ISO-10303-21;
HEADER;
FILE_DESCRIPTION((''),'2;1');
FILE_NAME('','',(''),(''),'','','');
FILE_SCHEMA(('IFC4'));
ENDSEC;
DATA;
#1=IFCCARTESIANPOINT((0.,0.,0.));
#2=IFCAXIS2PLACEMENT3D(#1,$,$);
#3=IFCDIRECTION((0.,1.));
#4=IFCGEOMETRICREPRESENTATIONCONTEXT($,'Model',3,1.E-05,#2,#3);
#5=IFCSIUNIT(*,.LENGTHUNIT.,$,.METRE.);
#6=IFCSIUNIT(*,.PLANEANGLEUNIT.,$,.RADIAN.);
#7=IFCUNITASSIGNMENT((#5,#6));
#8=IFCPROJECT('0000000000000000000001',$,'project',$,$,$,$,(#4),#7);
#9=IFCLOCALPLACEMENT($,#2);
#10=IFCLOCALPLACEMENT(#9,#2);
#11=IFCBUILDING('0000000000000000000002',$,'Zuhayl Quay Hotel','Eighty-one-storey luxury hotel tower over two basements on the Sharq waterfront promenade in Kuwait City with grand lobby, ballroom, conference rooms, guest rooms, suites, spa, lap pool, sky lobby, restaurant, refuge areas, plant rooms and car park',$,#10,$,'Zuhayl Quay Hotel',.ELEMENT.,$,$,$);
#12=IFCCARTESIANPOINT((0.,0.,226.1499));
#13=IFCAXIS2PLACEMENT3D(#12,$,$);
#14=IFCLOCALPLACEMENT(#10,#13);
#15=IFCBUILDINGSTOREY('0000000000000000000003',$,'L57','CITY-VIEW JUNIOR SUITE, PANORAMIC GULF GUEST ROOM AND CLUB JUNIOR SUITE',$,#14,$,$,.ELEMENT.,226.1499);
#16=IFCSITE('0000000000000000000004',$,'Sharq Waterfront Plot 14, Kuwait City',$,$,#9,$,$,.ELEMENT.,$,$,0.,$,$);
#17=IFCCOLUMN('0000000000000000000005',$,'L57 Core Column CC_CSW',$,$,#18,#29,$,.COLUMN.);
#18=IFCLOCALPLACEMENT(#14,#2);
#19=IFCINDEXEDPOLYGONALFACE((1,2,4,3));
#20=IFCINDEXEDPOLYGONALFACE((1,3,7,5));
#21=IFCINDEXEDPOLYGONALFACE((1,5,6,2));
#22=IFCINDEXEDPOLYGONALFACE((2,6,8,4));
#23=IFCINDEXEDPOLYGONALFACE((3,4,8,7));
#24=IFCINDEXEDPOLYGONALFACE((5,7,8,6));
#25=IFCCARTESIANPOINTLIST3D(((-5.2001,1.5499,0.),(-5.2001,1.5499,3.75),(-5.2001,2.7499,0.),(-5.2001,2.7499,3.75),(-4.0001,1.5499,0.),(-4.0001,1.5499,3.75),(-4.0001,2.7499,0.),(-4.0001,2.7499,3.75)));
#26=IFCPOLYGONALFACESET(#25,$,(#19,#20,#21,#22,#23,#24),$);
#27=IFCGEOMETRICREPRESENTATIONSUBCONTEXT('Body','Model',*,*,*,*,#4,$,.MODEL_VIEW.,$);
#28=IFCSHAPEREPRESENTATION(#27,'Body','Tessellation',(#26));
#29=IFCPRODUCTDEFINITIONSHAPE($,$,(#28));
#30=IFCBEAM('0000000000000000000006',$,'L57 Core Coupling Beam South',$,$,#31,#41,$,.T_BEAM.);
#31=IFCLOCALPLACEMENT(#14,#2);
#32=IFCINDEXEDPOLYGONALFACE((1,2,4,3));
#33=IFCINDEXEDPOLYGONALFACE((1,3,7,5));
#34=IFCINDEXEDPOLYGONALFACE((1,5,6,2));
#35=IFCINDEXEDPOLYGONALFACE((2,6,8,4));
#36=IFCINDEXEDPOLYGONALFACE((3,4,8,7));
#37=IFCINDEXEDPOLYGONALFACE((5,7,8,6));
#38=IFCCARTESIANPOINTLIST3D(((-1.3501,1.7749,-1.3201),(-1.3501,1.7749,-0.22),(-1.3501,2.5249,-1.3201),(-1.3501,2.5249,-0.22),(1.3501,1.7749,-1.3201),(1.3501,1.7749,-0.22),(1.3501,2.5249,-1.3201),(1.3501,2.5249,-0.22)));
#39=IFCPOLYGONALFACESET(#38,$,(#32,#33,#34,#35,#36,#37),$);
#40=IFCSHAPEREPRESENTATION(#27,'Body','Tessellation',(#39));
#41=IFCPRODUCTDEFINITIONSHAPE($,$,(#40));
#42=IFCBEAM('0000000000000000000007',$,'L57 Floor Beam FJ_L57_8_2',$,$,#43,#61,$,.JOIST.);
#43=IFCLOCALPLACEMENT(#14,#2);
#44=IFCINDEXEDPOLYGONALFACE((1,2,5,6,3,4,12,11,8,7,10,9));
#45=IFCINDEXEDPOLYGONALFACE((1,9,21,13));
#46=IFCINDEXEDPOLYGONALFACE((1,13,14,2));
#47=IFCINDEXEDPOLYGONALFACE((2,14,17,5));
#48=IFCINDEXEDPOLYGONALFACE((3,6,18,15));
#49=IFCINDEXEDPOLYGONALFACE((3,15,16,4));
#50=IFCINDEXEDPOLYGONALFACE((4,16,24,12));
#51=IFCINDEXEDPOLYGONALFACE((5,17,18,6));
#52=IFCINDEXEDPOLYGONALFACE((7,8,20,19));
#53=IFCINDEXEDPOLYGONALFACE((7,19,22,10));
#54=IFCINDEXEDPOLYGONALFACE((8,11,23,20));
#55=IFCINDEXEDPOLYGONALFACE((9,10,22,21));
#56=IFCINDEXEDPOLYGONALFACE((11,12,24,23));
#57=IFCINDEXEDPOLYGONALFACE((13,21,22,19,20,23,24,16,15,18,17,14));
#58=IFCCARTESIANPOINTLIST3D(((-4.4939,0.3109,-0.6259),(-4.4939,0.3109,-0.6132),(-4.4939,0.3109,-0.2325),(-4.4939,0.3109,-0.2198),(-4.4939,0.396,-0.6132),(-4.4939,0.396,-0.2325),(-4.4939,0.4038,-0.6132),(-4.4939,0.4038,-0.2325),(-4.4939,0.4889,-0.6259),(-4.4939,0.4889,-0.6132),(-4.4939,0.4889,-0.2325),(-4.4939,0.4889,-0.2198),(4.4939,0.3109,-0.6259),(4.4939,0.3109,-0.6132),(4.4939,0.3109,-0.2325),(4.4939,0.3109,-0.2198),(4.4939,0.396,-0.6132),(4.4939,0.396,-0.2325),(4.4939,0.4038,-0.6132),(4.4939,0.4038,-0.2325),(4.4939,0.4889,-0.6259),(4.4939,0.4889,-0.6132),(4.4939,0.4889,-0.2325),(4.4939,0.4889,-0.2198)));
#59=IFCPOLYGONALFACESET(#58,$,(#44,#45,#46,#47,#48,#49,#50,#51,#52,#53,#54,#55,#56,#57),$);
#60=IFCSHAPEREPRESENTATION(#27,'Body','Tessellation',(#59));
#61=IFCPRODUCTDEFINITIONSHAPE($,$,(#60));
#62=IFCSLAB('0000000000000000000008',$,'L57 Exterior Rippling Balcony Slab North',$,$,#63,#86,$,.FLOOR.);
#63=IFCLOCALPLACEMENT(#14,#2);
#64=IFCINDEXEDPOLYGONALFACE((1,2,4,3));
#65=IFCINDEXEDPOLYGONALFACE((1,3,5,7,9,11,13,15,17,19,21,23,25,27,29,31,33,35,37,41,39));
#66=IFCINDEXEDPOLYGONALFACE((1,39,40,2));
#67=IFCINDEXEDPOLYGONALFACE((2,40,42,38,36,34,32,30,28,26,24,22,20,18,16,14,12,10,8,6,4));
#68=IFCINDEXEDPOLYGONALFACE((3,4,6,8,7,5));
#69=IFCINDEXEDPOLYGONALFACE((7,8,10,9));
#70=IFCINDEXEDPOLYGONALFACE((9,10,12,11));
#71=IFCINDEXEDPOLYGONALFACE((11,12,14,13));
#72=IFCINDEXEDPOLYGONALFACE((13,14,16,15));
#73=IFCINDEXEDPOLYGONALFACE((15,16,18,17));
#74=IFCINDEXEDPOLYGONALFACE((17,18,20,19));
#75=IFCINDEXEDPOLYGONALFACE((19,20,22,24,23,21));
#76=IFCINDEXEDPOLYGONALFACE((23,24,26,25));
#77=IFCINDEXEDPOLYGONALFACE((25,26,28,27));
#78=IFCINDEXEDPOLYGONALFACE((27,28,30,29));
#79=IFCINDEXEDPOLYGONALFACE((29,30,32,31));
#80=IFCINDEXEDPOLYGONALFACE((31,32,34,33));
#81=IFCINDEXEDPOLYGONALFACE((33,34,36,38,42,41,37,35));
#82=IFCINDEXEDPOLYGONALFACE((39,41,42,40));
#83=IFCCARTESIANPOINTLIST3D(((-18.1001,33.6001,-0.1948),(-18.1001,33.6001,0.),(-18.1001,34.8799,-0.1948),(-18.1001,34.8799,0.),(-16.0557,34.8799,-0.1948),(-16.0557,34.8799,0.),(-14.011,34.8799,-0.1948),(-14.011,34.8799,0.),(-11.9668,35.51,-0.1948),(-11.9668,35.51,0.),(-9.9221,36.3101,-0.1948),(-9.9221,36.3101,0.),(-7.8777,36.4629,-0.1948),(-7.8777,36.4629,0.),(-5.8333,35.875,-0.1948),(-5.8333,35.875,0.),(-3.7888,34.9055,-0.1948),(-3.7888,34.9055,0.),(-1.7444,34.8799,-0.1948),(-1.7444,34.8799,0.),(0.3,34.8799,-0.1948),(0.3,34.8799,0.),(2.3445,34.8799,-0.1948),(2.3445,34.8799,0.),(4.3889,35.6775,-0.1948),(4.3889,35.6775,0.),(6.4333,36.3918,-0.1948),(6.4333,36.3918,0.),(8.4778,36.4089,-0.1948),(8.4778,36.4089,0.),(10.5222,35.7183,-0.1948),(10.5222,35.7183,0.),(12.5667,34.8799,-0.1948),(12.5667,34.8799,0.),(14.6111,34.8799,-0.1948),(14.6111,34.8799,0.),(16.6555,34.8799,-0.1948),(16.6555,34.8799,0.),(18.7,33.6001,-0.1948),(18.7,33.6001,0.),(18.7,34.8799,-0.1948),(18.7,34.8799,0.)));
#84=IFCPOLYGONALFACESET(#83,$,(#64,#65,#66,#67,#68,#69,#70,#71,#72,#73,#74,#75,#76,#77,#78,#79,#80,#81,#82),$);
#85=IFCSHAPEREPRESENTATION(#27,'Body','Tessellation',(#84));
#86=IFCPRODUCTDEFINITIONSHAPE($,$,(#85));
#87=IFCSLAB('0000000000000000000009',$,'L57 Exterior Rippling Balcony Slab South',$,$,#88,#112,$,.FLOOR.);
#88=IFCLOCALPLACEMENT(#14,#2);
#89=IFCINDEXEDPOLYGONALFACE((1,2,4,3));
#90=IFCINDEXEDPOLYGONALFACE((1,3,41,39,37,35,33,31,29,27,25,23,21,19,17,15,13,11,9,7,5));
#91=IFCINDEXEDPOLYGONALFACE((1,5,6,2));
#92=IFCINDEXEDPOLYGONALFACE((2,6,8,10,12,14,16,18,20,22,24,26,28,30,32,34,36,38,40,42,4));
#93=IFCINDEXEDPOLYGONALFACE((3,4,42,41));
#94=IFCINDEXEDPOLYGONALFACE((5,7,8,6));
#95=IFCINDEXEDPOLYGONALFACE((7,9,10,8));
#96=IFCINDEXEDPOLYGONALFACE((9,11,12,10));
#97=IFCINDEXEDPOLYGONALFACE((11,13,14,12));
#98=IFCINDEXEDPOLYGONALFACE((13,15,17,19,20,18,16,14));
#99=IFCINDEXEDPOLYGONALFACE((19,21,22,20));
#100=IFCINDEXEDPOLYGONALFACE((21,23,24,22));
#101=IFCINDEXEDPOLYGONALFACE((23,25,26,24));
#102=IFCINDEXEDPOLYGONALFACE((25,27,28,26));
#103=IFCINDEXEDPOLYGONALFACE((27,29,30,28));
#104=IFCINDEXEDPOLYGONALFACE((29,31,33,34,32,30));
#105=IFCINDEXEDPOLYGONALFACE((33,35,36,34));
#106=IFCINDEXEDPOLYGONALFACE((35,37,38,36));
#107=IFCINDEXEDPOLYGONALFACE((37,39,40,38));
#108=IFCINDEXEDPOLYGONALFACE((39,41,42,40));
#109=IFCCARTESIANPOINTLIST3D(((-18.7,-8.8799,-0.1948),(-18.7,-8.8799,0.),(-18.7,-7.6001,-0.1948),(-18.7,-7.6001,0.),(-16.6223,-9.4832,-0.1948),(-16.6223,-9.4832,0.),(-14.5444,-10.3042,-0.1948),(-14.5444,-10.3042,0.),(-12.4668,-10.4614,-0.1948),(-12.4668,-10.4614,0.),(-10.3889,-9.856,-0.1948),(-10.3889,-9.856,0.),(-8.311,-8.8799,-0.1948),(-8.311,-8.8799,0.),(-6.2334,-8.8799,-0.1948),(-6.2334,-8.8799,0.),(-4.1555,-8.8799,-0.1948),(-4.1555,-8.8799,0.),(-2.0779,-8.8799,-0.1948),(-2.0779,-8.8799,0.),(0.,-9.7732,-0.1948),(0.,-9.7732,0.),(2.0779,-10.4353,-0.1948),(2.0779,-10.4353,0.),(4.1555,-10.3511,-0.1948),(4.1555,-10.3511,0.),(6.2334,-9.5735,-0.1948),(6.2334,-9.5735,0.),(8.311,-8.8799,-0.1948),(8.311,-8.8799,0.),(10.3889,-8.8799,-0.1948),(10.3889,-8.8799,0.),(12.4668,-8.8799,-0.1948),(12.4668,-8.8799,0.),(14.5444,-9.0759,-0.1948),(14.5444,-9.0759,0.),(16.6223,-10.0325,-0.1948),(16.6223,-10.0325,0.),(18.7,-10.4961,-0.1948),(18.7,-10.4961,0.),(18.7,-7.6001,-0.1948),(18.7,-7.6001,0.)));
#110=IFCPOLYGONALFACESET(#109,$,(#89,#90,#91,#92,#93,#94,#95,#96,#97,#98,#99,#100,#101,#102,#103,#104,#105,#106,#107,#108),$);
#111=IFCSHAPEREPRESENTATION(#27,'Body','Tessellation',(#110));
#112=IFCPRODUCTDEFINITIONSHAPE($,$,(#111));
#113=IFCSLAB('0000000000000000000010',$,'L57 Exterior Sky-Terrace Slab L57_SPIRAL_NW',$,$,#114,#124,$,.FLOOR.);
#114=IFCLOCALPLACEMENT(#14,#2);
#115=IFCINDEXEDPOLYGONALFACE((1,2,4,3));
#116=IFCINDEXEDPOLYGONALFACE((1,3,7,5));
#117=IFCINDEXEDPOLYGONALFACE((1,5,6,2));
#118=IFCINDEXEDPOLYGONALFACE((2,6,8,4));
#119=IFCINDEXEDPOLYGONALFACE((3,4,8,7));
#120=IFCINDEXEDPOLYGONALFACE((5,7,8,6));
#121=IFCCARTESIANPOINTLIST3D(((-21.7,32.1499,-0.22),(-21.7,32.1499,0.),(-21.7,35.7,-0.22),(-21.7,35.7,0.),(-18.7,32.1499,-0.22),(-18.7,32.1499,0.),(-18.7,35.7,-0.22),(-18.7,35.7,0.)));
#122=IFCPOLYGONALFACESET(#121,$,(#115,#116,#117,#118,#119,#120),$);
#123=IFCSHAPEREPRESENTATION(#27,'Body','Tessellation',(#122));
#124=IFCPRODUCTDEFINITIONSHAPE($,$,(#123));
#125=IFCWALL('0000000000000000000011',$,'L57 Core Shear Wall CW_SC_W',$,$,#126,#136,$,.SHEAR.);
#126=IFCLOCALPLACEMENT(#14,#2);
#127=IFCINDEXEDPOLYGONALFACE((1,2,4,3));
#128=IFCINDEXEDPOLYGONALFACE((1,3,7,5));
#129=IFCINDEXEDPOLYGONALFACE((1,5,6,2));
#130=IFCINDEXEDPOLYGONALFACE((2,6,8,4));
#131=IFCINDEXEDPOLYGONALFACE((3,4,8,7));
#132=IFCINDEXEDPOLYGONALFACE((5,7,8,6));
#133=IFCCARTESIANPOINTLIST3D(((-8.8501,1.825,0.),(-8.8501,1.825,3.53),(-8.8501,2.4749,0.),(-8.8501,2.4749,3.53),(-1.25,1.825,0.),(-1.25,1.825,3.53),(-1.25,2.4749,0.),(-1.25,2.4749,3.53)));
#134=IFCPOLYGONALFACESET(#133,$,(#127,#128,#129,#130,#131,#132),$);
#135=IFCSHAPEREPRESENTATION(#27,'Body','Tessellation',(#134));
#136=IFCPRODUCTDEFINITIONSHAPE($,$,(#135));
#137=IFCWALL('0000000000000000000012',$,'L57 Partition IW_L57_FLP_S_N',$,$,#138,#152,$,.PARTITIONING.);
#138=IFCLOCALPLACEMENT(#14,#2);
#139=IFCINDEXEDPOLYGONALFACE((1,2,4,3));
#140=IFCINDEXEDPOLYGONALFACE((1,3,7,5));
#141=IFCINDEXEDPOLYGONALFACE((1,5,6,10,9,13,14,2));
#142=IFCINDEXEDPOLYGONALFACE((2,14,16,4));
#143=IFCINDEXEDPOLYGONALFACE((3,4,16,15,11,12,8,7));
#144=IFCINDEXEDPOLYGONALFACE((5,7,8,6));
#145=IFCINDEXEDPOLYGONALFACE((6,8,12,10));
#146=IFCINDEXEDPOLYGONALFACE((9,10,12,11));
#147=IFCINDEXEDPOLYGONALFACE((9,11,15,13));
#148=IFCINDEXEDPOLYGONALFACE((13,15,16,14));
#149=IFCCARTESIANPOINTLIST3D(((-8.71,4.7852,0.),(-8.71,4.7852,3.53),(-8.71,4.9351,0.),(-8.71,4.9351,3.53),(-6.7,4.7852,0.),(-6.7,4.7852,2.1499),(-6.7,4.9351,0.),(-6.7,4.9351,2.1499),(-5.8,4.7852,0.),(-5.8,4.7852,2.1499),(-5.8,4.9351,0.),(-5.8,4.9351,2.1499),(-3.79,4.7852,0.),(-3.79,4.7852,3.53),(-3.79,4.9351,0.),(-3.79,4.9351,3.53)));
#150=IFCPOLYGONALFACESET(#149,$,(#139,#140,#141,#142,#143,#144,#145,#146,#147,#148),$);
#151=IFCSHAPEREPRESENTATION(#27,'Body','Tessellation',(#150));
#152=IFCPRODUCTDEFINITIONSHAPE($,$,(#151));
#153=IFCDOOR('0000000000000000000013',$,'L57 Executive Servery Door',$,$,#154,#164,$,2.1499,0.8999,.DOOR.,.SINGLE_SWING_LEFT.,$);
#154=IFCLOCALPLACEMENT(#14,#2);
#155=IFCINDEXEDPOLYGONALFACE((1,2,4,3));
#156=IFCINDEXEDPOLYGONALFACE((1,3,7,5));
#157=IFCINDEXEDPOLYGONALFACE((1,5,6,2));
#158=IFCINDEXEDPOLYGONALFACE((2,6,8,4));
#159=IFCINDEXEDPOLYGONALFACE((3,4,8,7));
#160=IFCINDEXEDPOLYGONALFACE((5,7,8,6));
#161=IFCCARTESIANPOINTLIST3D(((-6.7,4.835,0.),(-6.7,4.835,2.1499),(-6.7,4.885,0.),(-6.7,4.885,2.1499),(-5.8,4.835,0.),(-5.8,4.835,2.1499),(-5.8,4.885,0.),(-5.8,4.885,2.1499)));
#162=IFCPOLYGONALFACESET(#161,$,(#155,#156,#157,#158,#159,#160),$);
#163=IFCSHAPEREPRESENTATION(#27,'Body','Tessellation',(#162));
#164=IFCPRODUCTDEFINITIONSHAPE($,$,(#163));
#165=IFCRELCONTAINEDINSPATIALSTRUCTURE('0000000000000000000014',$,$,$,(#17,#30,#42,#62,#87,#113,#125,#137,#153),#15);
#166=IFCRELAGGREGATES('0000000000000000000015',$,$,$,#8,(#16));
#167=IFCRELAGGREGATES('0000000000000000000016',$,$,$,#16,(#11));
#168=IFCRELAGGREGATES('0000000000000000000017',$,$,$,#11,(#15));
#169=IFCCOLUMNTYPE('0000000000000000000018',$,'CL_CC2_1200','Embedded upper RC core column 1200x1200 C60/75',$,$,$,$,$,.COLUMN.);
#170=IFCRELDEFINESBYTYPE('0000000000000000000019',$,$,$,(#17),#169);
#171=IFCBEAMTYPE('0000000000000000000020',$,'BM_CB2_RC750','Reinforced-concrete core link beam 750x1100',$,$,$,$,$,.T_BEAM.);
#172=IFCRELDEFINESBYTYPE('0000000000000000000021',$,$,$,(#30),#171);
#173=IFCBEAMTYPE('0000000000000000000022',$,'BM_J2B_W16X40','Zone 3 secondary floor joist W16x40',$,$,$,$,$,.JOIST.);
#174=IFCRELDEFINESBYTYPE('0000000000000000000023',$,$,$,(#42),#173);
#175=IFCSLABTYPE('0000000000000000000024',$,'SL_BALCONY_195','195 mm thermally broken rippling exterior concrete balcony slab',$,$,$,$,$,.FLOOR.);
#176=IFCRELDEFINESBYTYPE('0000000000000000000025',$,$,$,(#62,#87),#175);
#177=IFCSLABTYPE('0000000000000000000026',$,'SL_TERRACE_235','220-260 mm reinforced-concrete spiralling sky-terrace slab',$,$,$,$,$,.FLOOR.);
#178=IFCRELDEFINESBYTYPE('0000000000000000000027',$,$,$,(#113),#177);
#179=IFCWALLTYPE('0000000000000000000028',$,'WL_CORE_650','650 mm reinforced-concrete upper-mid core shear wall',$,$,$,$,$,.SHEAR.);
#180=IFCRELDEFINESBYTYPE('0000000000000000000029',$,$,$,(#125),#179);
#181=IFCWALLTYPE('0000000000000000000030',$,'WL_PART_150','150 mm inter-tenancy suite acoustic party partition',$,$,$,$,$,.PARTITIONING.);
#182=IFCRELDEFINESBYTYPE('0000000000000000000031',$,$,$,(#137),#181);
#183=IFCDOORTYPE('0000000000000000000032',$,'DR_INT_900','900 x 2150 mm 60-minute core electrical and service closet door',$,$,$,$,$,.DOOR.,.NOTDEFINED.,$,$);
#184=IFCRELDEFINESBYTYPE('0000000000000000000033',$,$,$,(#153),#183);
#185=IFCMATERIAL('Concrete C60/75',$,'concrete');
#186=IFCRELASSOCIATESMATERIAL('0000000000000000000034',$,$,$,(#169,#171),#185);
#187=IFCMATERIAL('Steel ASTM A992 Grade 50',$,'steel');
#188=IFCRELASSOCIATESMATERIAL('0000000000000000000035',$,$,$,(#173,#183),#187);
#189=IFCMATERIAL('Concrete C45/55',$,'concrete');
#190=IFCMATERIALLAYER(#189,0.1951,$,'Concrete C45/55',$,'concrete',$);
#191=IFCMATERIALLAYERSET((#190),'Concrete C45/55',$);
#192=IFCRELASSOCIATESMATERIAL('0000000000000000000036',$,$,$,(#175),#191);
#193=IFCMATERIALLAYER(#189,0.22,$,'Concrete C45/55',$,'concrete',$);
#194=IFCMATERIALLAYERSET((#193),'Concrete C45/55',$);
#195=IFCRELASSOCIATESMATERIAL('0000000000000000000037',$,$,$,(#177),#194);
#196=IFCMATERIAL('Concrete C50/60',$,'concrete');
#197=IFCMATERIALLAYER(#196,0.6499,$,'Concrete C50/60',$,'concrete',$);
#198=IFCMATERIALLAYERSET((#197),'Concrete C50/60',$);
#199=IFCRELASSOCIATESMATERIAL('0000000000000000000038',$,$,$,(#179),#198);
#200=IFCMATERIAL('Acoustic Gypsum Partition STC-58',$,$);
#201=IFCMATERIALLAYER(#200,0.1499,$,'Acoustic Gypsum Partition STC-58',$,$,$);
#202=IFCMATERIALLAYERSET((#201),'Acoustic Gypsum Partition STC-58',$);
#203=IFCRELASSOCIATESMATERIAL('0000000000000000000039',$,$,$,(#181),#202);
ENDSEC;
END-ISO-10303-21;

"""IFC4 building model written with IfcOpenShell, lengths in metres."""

from ifc_helpers import new_model, si_unit, direction, frame, frame_2d, origin, origin_2d, place, context, subcontext, project, spatial, polyline, rectangle, i_section, outline, extrude, material, layer, layer_set, material_profile, profile_set, type_object, element, fill, save


model = new_model("IFC4")

# Units and contexts
model_context = context("Model", 3, precision=1e-05, world=origin(), true_north=direction((0.0, 1.0)))
body_context = subcontext(model_context, "Body", "Model", "MODEL_VIEW")
ifc_project = project(units=[si_unit("LENGTHUNIT", "METRE"), si_unit("PLANEANGLEUNIT", "RADIAN")], contexts=[model_context])

# Site, building, storey
site_placement = place(None, origin())
site = spatial("IfcSite", under=ifc_project, at=site_placement, Name="Sharq Waterfront Plot 14, Kuwait City", CompositionType="ELEMENT", RefElevation=0.0)
building_placement = place(site_placement, origin())
building = spatial("IfcBuilding", under=site, at=building_placement, Name="Zuhayl Quay Hotel", Description="Eighty-one-storey luxury hotel tower over two basements on the Sharq waterfront promenade in Kuwait City with grand lobby, ballroom, conference rooms, guest rooms, suites, spa, lap pool, sky lobby, restaurant, refuge areas, plant rooms and car park", LongName="Zuhayl Quay Hotel", CompositionType="ELEMENT")
storey_placement = place(building_placement, frame((0.0, 0.0, 226.1499)))
storey = spatial("IfcBuildingStorey", under=building, at=storey_placement, Name="L57", Description="CITY-VIEW JUNIOR SUITE, PANORAMIC GULF GUEST ROOM AND CLUB JUNIOR SUITE", CompositionType="ELEMENT", Elevation=226.1499)

# Column
ifc_material_1 = material(Name="Concrete C60/75", Category="concrete")
ifc_material_profile_1 = material_profile(ifc_material_1, rectangle(XDim=1.2, YDim=1.2, at=origin_2d()), Name="RC1200X1200")
ifc_profile_set_1 = profile_set([ifc_material_profile_1], Name="Concrete C60/75")
column_type = type_object("IfcColumnType", Name="CL_CC2_1200", Description="Embedded upper RC core column 1200x1200 C60/75", PredefinedType="COLUMN", material=ifc_profile_set_1)
column_placement = place(storey_placement, frame((-4.6001, 2.1499, 0.0), z_axis=(0.0, 0.0, 1.0), x_axis=(1.0, 0.0, 0.0)))
element("IfcColumn", 1, at=column_placement, inside=storey, type_object=column_type, Name="L57 Core Column CC_CSW", PredefinedType="COLUMN", context=body_context, shape_type="SweptSolid", body=[
    extrude(rectangle(XDim=1.2, YDim=1.2, at=origin_2d()), origin(), (0.0, 0.0, 1.0), 3.75),
])

# Beams
ifc_material_profile_2 = material_profile(ifc_material_1, rectangle(XDim=0.75, YDim=1.1001, at=origin_2d()), Name="RC750X1100")
ifc_profile_set_2 = profile_set([ifc_material_profile_2], Name="Concrete C60/75")
beam_type_1 = type_object("IfcBeamType", Name="BM_CB2_RC750", Description="Reinforced-concrete core link beam 750x1100", PredefinedType="T_BEAM", material=ifc_profile_set_2)
beam_1_placement = place(storey_placement, frame((-1.3501, 2.1499, -0.77), z_axis=(1.0, 0.0, 0.0), x_axis=(0.0, 1.0, 0.0)))
element("IfcBeam", 2, at=beam_1_placement, inside=storey, type_object=beam_type_1, Name="L57 Core Coupling Beam South", PredefinedType="T_BEAM", context=body_context, shape_type="SweptSolid", body=[
    extrude(rectangle(XDim=0.75, YDim=1.1001, at=origin_2d()), origin(), (0.0, 0.0, 1.0), 2.7002),
])
ifc_material_2 = material(Name="Steel ASTM A992 Grade 50", Category="steel")
ifc_material_profile_3 = material_profile(ifc_material_2, i_section(OverallWidth=0.178, OverallDepth=0.406, WebThickness=0.0078, FlangeThickness=0.0127, at=origin_2d()), Name="W16X40")
ifc_profile_set_3 = profile_set([ifc_material_profile_3], Name="Steel ASTM A992 Grade 50")
beam_type_2 = type_object("IfcBeamType", Name="BM_J2B_W16X40", Description="Zone 3 secondary floor joist W16x40", PredefinedType="JOIST", material=ifc_profile_set_3)
beam_2_placement = place(storey_placement, frame((-4.4939, 0.3999, -0.4229), z_axis=(1.0, 0.0, 0.0), x_axis=(0.0, 1.0, 0.0)))
element("IfcBeam", 3, at=beam_2_placement, inside=storey, type_object=beam_type_2, Name="L57 Floor Beam FJ_L57_8_2", PredefinedType="JOIST", context=body_context, shape_type="SweptSolid", body=[
    extrude(i_section(OverallWidth=0.178, OverallDepth=0.406, WebThickness=0.0078, FlangeThickness=0.0127, at=origin_2d()), origin(), (0.0, 0.0, 1.0), 8.9878),
])

# Slabs
ifc_material_3 = material(Name="Concrete C45/55", Category="concrete")
ifc_layer_1 = layer(ifc_material_3, 0.1951, Name="Concrete C45/55", Category="concrete")
ifc_layer_set_1 = layer_set([ifc_layer_1], Name="Concrete C45/55")
slab_type_1 = type_object("IfcSlabType", Name="SL_BALCONY_195", Description="195 mm thermally broken rippling exterior concrete balcony slab", PredefinedType="FLOOR", material=ifc_layer_set_1)
slab_1_placement = place(storey_placement, frame((0.0, 0.0, -0.1948)))
element("IfcSlab", 4, at=slab_1_placement, inside=storey, type_object=slab_type_1, Name="L57 Exterior Rippling Balcony Slab North", PredefinedType="FLOOR", context=body_context, shape_type="SweptSolid", body=[
    extrude(outline(polyline([(-18.1001, 33.6001), (18.7, 33.6001), (18.7, 34.8799), (16.6555, 34.8799), (14.6111, 34.8799), (12.5667, 34.8799), (10.5222, 35.7183), (8.4778, 36.4089), (6.4333, 36.3918), (4.3889, 35.6775), (2.3445, 34.8799), (0.3, 34.8799), (-1.7444, 34.8799), (-3.7888, 34.9055), (-5.8333, 35.875), (-7.8777, 36.4629), (-9.9221, 36.3101), (-11.9668, 35.51), (-14.011, 34.8799), (-16.0557, 34.8799), (-18.1001, 34.8799), (-18.1001, 33.6001)])), origin(), (0.0, 0.0, 1.0), 0.1948),
])
slab_2_placement = place(storey_placement, frame((0.0, 0.0, -0.1948)))
element("IfcSlab", 5, at=slab_2_placement, inside=storey, type_object=slab_type_1, Name="L57 Exterior Rippling Balcony Slab South", PredefinedType="FLOOR", context=body_context, shape_type="SweptSolid", body=[
    extrude(outline(polyline([(-18.7, -8.8799), (-16.6223, -9.4832), (-14.5444, -10.3042), (-12.4668, -10.4614), (-10.3889, -9.856), (-8.311, -8.8799), (-6.2334, -8.8799), (-4.1555, -8.8799), (-2.0779, -8.8799), (0.0, -9.7732), (2.0779, -10.4353), (4.1555, -10.3511), (6.2334, -9.5735), (8.311, -8.8799), (10.3889, -8.8799), (12.4668, -8.8799), (14.5444, -9.0759), (16.6223, -10.0325), (18.7, -10.4961), (18.7, -7.6001), (-18.7, -7.6001), (-18.7, -8.8799)])), origin(), (0.0, 0.0, 1.0), 0.1948),
])
ifc_layer_2 = layer(ifc_material_3, 0.22, Name="Concrete C45/55", Category="concrete")
ifc_layer_set_2 = layer_set([ifc_layer_2], Name="Concrete C45/55")
slab_type_2 = type_object("IfcSlabType", Name="SL_TERRACE_235", Description="220-260 mm reinforced-concrete spiralling sky-terrace slab", PredefinedType="FLOOR", material=ifc_layer_set_2)
slab_3_placement = place(storey_placement, frame((0.0, 0.0, -0.22)))
element("IfcSlab", 6, at=slab_3_placement, inside=storey, type_object=slab_type_2, Name="L57 Exterior Sky-Terrace Slab L57_SPIRAL_NW", PredefinedType="FLOOR", context=body_context, shape_type="SweptSolid", body=[
    extrude(outline(polyline([(-21.7, 32.1499), (-18.7, 32.1499), (-18.7, 35.7), (-21.7, 35.7), (-21.7, 32.1499)])), origin(), (0.0, 0.0, 1.0), 0.22),
])

# Wall
ifc_material_4 = material(Name="Concrete C50/60", Category="concrete")
ifc_layer_3 = layer(ifc_material_4, 0.6499, Name="Concrete C50/60", Category="concrete")
ifc_layer_set_3 = layer_set([ifc_layer_3], Name="Concrete C50/60")
wall_type_1 = type_object("IfcWallType", Name="WL_CORE_650", Description="650 mm reinforced-concrete upper-mid core shear wall", PredefinedType="SHEAR", material=ifc_layer_set_3)
wall_1_placement = place(storey_placement, frame((-8.8501, 2.1499, 0.0), z_axis=(0.0, 0.0, 1.0), x_axis=(1.0, 0.0, 0.0)))
element("IfcWall", 7, at=wall_1_placement, inside=storey, type_object=wall_type_1, Name="L57 Core Shear Wall CW_SC_W", PredefinedType="SHEAR", context=body_context, shape_type="SweptSolid", body=[
    extrude(rectangle(XDim=7.6001, YDim=0.6499, at=frame_2d((3.8, 0.0))), origin(), (0.0, 0.0, 1.0), 3.53),
])

# Wall, opening, door
ifc_material_5 = material(Name="Acoustic Gypsum Partition STC-58")
ifc_layer_4 = layer(ifc_material_5, 0.1499, Name="Acoustic Gypsum Partition STC-58")
ifc_layer_set_4 = layer_set([ifc_layer_4], Name="Acoustic Gypsum Partition STC-58")
wall_type_2 = type_object("IfcWallType", Name="WL_PART_150", Description="150 mm inter-tenancy suite acoustic party partition", PredefinedType="PARTITIONING", material=ifc_layer_set_4)
wall_2_placement = place(storey_placement, frame((-8.71, 4.8601, 0.0), z_axis=(0.0, 0.0, 1.0), x_axis=(1.0, 0.0, 0.0)))
wall_2 = element("IfcWall", 8, at=wall_2_placement, inside=storey, type_object=wall_type_2, Name="L57 Partition IW_L57_FLP_S_N", PredefinedType="PARTITIONING", context=body_context, shape_type="SweptSolid", body=[
    extrude(rectangle(XDim=4.9199, YDim=0.1499, at=frame_2d((2.46, 0.0))), origin(), (0.0, 0.0, 1.0), 3.53),
])
opening_1_placement = place(wall_2_placement, frame((2.01, 0.0, 0.0)))
opening_1 = element("IfcOpeningElement", 9, at=opening_1_placement, cuts=wall_2, PredefinedType="OPENING", context=body_context, shape_type="SweptSolid", body=[
    extrude(rectangle(XDim=0.8999, YDim=2.1499, at=frame_2d((0.45, 1.075))), frame((0.0, 0.085, 0.0), z_axis=(0.0, -1.0, 0.0), x_axis=(1.0, 0.0, 0.0)), (0.0, 0.0, 1.0), 0.1699),
])
door_type_1 = type_object("IfcDoorType", Name="DR_INT_900", Description="900 x 2150 mm 60-minute core electrical and service closet door", OperationType="NOTDEFINED", PredefinedType="DOOR", material=ifc_material_2)
door_1_placement = place(opening_1_placement, origin())
door_1 = element("IfcDoor", 10, at=door_1_placement, inside=storey, type_object=door_type_1, Name="L57 Executive Servery Door", OperationType="SINGLE_SWING_LEFT", OverallHeight=2.1499, OverallWidth=0.8999, PredefinedType="DOOR", context=body_context, shape_type="SweptSolid", body=[
    extrude(rectangle(XDim=0.8999, YDim=2.1499, at=frame_2d((0.45, 1.075))), frame((0.0, 0.0249, 0.0), z_axis=(0.0, -1.0, 0.0), x_axis=(1.0, 0.0, 0.0)), (0.0, 0.0, 1.0), 0.05),
])
fill(opening_1, door_1)

save(model, "model.ifc")
